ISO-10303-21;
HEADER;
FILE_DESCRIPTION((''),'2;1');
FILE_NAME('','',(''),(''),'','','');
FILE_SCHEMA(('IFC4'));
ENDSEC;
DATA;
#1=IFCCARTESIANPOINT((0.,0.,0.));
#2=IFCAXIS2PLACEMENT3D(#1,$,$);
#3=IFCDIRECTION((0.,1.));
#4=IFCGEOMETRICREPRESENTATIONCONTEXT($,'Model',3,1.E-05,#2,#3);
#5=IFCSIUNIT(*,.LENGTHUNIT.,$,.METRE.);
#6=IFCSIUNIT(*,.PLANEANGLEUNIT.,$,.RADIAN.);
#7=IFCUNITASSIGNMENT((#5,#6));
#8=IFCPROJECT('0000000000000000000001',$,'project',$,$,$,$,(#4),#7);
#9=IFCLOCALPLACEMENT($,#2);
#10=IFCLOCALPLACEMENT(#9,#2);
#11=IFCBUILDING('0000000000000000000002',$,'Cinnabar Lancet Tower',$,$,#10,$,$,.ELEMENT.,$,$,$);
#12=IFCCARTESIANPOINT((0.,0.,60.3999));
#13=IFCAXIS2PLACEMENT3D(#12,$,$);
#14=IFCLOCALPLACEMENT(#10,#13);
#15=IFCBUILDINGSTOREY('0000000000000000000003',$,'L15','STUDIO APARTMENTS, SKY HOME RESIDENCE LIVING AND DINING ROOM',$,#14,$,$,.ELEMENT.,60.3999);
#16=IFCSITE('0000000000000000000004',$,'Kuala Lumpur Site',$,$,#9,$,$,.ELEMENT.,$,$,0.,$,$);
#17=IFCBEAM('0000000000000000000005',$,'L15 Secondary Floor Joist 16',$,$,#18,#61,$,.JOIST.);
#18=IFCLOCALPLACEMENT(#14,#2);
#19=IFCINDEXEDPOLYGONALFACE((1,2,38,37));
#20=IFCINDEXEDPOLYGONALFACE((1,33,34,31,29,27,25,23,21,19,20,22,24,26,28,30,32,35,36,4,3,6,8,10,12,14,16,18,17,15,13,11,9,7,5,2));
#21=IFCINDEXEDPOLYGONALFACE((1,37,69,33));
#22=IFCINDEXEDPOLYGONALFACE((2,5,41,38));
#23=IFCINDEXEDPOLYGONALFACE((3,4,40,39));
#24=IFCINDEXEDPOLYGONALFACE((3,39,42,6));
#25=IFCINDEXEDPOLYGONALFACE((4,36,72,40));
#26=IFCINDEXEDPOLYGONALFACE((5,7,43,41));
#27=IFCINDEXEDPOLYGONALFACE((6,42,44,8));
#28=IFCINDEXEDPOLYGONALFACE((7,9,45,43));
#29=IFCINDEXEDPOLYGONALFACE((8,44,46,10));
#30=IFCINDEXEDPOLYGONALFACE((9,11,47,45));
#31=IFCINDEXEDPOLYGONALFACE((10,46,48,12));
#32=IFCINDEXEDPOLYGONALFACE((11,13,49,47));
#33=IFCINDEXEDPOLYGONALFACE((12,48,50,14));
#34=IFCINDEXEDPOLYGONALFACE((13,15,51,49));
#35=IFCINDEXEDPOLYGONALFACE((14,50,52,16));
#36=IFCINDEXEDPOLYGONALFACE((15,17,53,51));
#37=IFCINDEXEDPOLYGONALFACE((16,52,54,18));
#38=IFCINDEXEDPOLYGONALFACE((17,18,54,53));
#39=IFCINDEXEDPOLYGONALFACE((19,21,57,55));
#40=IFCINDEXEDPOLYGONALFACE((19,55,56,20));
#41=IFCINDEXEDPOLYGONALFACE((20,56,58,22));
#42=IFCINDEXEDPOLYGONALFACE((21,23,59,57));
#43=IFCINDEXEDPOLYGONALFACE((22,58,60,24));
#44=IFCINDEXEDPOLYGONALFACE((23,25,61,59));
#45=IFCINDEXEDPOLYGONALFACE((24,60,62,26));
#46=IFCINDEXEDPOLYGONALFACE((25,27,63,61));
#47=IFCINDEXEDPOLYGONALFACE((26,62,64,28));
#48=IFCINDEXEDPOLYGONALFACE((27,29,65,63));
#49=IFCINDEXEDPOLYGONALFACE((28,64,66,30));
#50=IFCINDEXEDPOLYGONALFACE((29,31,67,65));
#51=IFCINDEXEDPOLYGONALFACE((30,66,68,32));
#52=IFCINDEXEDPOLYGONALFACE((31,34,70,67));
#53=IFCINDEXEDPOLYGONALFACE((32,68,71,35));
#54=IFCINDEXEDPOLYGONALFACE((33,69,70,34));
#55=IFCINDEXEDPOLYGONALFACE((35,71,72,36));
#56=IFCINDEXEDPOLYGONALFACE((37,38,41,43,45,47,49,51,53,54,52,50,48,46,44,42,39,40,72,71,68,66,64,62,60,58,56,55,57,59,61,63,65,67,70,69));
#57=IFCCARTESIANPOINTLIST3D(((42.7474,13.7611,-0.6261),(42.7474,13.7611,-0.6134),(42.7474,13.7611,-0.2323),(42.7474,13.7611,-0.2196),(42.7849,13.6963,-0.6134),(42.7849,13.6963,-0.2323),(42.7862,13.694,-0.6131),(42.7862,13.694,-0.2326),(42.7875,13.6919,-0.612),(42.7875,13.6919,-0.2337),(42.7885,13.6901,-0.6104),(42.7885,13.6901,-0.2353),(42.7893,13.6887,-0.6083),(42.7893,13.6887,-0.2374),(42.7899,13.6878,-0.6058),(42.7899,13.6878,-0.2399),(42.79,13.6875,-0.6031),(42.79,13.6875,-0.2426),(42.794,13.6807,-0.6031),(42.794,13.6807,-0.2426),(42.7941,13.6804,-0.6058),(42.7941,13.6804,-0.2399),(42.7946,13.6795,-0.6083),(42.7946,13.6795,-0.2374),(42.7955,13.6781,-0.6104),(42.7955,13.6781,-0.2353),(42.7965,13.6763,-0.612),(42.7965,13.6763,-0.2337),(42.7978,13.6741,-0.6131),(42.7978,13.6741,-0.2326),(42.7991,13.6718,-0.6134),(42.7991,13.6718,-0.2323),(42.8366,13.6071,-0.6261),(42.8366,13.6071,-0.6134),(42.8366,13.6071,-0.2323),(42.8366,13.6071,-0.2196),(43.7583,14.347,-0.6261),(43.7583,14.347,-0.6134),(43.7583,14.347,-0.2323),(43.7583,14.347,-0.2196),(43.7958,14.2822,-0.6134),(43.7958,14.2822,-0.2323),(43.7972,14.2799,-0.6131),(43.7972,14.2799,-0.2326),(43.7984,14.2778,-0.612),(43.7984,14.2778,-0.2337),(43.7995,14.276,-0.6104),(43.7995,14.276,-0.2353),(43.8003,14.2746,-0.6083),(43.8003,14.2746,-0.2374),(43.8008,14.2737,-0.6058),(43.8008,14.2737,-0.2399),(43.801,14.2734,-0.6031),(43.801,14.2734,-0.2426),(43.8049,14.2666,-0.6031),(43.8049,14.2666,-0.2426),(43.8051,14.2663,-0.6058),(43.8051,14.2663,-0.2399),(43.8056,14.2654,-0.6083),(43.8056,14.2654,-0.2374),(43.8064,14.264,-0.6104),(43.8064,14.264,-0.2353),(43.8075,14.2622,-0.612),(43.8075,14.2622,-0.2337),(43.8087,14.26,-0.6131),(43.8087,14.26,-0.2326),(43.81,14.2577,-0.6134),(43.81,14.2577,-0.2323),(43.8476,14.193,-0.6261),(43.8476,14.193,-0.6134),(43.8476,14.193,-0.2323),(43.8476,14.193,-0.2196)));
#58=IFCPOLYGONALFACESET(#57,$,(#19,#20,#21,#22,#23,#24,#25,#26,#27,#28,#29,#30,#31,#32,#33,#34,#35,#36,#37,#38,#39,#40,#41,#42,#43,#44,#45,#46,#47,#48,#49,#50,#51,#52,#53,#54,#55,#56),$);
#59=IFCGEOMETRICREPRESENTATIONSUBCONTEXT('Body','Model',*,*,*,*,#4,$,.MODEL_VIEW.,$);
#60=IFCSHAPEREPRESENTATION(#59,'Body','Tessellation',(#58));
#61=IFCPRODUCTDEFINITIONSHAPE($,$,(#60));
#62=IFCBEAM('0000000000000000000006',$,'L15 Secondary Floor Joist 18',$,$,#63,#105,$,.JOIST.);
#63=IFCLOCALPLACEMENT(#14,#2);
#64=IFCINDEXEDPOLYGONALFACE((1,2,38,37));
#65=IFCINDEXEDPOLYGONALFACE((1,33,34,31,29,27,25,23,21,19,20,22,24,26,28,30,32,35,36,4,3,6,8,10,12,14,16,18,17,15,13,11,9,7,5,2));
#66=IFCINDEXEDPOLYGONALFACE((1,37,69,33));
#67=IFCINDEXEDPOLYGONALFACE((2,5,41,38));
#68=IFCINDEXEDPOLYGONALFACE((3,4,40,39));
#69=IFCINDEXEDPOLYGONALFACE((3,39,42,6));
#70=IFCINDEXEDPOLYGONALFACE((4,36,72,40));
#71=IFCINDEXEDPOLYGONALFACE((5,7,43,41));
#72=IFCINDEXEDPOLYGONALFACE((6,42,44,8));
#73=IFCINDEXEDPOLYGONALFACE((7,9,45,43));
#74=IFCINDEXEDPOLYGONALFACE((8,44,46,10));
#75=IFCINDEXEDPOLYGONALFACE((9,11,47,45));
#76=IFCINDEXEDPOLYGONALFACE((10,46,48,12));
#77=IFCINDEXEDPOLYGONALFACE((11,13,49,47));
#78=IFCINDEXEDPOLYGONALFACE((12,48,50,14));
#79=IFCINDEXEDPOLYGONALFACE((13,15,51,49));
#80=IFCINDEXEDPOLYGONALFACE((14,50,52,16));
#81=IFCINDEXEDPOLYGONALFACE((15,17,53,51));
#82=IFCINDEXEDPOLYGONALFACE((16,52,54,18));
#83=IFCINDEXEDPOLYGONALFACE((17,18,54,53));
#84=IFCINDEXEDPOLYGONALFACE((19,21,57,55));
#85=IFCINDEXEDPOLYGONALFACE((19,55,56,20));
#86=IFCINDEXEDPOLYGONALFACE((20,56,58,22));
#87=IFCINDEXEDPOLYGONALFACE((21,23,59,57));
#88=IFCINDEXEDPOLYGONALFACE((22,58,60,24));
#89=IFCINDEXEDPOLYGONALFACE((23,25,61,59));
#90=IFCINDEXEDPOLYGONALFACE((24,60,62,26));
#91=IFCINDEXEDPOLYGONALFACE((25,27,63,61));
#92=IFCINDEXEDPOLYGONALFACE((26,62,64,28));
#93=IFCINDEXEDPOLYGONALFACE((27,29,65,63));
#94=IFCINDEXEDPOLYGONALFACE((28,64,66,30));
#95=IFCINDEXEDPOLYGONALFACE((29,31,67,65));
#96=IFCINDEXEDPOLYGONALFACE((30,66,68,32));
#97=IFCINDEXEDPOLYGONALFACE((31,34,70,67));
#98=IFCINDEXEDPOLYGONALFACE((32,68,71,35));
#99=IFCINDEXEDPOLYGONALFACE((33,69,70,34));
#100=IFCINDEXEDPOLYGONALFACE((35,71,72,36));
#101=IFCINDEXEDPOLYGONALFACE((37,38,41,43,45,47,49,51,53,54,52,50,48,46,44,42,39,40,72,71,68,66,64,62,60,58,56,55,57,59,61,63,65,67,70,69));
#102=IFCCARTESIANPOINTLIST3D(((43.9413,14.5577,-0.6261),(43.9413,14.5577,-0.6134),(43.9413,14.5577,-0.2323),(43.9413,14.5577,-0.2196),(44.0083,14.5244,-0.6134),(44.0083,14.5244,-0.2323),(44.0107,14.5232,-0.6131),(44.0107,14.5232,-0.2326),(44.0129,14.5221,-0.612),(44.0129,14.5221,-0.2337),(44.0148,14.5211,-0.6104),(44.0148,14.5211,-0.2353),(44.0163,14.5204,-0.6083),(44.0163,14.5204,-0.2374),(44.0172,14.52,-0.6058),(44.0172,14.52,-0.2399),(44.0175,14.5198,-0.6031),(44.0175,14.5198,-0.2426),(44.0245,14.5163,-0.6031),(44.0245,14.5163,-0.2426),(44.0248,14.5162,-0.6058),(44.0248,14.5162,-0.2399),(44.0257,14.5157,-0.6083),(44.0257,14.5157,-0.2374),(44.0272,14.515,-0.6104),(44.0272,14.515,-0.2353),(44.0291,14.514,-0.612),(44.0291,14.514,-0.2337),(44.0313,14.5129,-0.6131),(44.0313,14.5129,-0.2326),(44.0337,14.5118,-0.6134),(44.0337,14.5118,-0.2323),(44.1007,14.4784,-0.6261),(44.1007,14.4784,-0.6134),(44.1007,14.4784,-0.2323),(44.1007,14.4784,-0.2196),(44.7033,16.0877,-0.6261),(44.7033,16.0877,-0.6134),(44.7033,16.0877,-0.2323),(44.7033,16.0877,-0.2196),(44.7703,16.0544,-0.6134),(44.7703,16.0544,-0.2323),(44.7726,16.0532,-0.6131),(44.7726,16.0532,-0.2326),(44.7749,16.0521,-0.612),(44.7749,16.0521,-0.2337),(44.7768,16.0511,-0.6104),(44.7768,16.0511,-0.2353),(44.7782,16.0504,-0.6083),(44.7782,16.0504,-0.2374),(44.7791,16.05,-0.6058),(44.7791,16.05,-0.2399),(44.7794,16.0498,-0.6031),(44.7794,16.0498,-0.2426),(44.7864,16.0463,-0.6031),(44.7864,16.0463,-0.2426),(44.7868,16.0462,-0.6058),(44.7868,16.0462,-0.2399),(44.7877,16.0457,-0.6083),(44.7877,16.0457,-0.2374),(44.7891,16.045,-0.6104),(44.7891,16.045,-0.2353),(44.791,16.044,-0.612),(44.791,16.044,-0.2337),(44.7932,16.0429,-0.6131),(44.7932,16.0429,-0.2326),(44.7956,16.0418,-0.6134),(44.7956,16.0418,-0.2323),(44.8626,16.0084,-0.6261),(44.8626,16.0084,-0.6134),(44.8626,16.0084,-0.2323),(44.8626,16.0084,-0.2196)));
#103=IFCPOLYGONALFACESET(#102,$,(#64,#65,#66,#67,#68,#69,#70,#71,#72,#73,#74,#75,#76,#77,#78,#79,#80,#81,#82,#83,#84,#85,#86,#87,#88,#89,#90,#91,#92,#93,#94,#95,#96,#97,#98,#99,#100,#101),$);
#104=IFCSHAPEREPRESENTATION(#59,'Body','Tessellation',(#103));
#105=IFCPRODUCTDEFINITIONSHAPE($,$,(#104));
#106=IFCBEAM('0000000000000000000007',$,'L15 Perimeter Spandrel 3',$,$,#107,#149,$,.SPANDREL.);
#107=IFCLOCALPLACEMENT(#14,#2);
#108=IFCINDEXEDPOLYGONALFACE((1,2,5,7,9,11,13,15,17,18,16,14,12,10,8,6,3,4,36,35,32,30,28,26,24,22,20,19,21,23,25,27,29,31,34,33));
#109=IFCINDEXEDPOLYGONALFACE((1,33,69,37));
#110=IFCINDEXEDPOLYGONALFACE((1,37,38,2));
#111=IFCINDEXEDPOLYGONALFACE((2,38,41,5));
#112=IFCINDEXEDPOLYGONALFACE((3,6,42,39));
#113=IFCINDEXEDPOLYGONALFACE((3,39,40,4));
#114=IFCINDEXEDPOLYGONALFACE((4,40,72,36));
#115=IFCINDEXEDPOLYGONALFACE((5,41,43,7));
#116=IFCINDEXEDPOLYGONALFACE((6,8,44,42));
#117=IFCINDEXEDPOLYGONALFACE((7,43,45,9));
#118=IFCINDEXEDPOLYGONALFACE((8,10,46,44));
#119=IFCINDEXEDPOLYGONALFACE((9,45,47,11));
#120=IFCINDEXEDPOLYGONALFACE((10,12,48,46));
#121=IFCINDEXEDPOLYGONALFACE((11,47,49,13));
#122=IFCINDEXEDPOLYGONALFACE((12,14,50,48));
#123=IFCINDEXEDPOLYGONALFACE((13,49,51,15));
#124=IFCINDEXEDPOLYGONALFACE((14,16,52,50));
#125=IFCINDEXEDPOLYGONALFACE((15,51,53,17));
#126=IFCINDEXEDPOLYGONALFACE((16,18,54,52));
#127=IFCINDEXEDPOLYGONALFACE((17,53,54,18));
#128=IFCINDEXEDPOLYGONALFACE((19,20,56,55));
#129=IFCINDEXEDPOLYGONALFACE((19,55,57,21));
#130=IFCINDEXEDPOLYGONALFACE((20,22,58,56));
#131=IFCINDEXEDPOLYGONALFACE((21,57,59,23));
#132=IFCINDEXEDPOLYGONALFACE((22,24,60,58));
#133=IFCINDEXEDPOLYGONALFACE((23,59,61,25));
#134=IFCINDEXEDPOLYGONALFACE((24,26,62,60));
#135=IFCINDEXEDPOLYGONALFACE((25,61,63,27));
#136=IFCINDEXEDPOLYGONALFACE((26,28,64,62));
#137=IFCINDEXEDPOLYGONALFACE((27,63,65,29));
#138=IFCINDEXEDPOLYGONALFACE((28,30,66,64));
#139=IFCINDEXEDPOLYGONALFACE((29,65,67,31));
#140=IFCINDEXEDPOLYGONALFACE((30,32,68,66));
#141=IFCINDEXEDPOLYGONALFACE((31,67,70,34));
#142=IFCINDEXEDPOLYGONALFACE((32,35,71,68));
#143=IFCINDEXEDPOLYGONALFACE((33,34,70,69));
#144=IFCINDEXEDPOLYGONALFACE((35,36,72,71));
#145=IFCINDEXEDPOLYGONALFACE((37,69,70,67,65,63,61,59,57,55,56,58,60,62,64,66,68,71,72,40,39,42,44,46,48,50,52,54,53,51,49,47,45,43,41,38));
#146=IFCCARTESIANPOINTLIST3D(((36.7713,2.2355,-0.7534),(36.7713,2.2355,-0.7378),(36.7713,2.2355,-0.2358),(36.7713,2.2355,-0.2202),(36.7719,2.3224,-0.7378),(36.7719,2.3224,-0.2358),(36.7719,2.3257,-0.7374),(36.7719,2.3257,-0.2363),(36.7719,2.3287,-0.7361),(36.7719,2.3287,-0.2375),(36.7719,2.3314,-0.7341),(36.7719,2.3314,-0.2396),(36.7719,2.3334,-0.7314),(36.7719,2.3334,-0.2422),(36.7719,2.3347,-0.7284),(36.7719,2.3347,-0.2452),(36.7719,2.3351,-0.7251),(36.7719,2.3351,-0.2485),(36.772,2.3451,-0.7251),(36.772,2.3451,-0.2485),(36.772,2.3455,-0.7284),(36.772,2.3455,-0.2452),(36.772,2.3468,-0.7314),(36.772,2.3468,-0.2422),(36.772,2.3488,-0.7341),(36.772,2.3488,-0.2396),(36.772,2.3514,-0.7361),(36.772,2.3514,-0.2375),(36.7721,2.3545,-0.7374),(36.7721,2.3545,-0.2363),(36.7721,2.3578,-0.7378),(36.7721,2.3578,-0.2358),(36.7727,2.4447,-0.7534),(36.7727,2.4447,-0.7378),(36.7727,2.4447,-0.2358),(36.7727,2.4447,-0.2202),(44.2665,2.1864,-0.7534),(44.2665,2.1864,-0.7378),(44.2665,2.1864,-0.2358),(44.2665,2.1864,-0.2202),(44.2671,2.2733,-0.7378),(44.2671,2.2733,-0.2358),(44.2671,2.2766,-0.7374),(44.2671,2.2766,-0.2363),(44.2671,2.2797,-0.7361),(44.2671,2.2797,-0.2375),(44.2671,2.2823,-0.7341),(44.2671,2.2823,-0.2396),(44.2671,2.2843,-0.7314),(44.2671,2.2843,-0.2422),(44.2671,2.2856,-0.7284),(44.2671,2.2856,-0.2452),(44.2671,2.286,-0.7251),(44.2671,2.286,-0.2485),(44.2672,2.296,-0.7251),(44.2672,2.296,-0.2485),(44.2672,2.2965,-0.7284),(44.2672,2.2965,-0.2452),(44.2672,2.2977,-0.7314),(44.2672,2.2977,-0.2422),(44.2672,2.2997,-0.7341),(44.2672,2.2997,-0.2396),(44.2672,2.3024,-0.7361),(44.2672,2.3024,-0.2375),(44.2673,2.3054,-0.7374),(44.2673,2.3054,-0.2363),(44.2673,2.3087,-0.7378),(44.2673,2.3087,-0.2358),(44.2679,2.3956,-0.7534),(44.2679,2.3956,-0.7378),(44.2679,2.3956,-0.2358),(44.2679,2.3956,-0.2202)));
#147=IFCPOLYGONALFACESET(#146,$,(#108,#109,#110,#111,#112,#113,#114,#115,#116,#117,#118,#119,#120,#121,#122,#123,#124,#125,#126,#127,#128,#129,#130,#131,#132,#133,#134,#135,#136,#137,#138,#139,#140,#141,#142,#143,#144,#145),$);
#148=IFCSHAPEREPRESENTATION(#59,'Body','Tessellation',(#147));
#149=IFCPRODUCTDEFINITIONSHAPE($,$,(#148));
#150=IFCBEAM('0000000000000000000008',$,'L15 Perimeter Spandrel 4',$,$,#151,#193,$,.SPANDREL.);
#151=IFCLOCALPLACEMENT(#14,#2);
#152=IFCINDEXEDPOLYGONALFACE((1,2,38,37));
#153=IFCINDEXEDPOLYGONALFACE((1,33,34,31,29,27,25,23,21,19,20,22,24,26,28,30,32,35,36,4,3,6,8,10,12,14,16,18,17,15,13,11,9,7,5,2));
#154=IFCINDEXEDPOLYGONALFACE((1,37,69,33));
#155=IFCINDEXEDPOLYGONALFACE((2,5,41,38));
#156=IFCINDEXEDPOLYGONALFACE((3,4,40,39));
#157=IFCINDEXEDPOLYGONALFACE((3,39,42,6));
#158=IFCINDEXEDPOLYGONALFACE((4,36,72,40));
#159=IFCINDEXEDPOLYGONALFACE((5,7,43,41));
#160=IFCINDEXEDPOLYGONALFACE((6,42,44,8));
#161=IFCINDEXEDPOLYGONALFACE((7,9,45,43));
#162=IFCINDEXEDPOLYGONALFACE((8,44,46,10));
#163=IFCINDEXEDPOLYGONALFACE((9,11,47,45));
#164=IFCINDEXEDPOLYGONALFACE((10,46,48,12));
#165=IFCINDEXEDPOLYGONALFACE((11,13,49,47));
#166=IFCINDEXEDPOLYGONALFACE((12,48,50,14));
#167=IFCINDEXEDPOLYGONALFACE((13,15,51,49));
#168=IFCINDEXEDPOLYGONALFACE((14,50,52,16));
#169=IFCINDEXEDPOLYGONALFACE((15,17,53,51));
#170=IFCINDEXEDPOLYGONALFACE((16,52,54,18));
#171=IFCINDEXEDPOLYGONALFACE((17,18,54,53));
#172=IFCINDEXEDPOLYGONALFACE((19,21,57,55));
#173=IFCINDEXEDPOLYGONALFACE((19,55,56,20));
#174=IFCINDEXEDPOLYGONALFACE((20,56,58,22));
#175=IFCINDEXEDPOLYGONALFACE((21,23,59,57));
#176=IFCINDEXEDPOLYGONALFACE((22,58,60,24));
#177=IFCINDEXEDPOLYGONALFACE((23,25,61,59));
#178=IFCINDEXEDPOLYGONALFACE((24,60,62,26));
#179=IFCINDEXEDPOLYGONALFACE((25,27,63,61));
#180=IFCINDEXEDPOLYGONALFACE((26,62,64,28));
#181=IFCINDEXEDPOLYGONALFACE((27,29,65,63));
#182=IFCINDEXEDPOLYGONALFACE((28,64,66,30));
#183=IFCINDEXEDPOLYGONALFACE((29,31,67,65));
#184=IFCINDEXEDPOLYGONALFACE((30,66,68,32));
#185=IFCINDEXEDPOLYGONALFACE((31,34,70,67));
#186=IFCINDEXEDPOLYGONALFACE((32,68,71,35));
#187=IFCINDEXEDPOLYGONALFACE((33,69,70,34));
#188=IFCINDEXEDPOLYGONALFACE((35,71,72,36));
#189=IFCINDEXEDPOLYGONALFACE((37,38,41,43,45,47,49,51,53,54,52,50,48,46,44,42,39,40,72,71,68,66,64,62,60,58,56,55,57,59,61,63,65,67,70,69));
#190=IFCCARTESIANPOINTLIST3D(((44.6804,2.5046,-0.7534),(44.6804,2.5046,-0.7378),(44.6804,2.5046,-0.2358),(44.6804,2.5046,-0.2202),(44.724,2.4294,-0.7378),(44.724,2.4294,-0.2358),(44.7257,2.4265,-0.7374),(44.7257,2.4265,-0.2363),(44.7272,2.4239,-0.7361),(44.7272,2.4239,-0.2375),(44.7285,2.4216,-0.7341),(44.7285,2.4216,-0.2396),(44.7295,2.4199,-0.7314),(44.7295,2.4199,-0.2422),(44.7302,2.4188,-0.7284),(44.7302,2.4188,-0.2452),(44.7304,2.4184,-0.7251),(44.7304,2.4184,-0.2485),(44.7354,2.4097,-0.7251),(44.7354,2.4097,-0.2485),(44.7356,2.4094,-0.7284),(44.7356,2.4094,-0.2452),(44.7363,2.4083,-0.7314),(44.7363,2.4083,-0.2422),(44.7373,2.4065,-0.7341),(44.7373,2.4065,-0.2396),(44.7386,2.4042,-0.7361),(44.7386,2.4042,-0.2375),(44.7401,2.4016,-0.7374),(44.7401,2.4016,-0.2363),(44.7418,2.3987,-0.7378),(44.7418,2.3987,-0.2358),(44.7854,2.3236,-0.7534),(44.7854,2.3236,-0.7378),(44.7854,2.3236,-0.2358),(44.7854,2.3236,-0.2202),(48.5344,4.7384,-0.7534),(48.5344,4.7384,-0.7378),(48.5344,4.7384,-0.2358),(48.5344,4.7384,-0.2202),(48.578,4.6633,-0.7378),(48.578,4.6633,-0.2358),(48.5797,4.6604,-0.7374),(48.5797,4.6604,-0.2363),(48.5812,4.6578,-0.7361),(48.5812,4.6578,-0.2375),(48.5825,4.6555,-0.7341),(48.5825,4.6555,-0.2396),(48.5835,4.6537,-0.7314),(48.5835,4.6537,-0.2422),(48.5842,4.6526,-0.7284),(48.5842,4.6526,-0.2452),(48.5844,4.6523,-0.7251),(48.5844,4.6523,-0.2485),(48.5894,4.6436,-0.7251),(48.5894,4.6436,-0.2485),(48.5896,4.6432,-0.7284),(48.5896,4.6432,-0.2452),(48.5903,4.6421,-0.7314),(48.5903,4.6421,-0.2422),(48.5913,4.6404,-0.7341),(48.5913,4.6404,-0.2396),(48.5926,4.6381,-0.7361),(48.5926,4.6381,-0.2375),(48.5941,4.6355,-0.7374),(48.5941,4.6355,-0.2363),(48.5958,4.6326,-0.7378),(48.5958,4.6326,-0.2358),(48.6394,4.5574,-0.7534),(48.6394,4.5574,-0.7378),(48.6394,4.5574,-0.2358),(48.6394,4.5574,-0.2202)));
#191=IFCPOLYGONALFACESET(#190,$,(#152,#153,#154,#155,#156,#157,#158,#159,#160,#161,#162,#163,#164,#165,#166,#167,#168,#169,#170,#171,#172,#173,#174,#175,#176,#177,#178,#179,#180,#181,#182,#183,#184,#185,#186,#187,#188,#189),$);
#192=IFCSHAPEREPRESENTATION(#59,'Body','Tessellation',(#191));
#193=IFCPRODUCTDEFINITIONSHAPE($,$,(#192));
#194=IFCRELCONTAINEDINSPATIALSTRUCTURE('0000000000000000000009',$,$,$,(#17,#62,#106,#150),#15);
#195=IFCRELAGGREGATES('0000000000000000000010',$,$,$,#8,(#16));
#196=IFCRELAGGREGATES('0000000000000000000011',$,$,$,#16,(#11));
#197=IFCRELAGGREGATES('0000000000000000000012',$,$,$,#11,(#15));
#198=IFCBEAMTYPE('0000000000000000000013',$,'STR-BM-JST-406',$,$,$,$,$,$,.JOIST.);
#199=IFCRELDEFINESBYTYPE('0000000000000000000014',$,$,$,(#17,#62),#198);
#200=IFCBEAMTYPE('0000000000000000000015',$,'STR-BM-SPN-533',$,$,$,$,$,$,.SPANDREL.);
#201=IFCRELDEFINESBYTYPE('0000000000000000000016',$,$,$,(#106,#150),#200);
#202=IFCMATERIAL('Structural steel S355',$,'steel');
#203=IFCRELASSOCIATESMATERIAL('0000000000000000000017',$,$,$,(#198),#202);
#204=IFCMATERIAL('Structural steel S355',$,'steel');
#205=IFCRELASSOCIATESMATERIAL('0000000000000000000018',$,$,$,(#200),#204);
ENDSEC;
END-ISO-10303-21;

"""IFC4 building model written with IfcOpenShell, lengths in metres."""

from ifc_helpers import new_model, si_unit, direction, frame, origin, origin_2d, place, context, subcontext, project, spatial, i_section, extrude, material, material_profile, profile_set, type_object, element, save


model = new_model("IFC4")

# Units and contexts
model_context = context("Model", 3, precision=1e-05, world=origin(), true_north=direction((0.0, 1.0)))
body_context = subcontext(model_context, "Body", "Model", "MODEL_VIEW")
ifc_project = project(units=[si_unit("LENGTHUNIT", "METRE"), si_unit("PLANEANGLEUNIT", "RADIAN")], contexts=[model_context])

# Site, building, storey
site_placement = place(None, origin())
site = spatial("IfcSite", under=ifc_project, at=site_placement, Name="Kuala Lumpur Site", CompositionType="ELEMENT", RefElevation=0.0)
building_placement = place(site_placement, origin())
building = spatial("IfcBuilding", under=site, at=building_placement, Name="Cinnabar Lancet Tower", CompositionType="ELEMENT")
storey_placement = place(building_placement, frame((0.0, 0.0, 60.3999)))
storey = spatial("IfcBuildingStorey", under=building, at=storey_placement, Name="L15", Description="STUDIO APARTMENTS, SKY HOME RESIDENCE LIVING AND DINING ROOM", CompositionType="ELEMENT", Elevation=60.3999)

# Beams
ifc_material_1 = material(Name="Structural steel S355", Category="steel")
ifc_material_profile_1 = material_profile(ifc_material_1, i_section(OverallWidth=0.178, OverallDepth=0.4065, WebThickness=0.0078, FlangeThickness=0.0127, FilletRadius=0.0103, at=origin_2d()), Name="UKB 406x178x60")
ifc_profile_set_1 = profile_set([ifc_material_profile_1], Name="Structural steel S355")
beam_type_1 = type_object("IfcBeamType", Name="STR-BM-JST-406", PredefinedType="JOIST", material=ifc_profile_set_1)
beam_1_placement = place(storey_placement, frame((42.792, 13.6841, -0.4229), z_axis=(0.865193, 0.50144, 0.0), x_axis=(-0.50144, 0.865193, 0.0)))
element("IfcBeam", 1, at=beam_1_placement, inside=storey, type_object=beam_type_1, Name="L15 Secondary Floor Joist 16", PredefinedType="JOIST", context=body_context, shape_type="SweptSolid", body=[
    extrude(i_section(OverallWidth=0.178, OverallDepth=0.4065, WebThickness=0.0078, FlangeThickness=0.0127, FilletRadius=0.0103, at=origin_2d()), origin(), (0.0, 0.0, 1.0), 1.1685),
])
beam_2_placement = place(storey_placement, frame((44.021, 14.5181, -0.4229), z_axis=(0.445785, 0.89514, 0.0), x_axis=(-0.89514, 0.445785, 0.0)))
element("IfcBeam", 2, at=beam_2_placement, inside=storey, type_object=beam_type_1, Name="L15 Secondary Floor Joist 18", PredefinedType="JOIST", context=body_context, shape_type="SweptSolid", body=[
    extrude(i_section(OverallWidth=0.178, OverallDepth=0.4065, WebThickness=0.0078, FlangeThickness=0.0127, FilletRadius=0.0103, at=origin_2d()), origin(), (0.0, 0.0, 1.0), 1.7092),
])
ifc_material_2 = material(Name="Structural steel S355", Category="steel")
ifc_material_profile_2 = material_profile(ifc_material_2, i_section(OverallWidth=0.2092, OverallDepth=0.5332, WebThickness=0.01, FlangeThickness=0.0156, FilletRadius=0.0127, at=origin_2d()), Name="UKB 533x210x92")
ifc_profile_set_2 = profile_set([ifc_material_profile_2], Name="Structural steel S355")
beam_type_2 = type_object("IfcBeamType", Name="STR-BM-SPN-533", PredefinedType="SPANDREL", material=ifc_profile_set_2)
beam_3_placement = place(storey_placement, frame((36.772, 2.3401, -0.4868), z_axis=(0.999979, -0.006547, 0.0), x_axis=(0.006547, 0.999979, 0.0)))
element("IfcBeam", 3, at=beam_3_placement, inside=storey, type_object=beam_type_2, Name="L15 Perimeter Spandrel 3", PredefinedType="SPANDREL", context=body_context, shape_type="SweptSolid", body=[
    extrude(i_section(OverallWidth=0.2092, OverallDepth=0.5332, WebThickness=0.01, FlangeThickness=0.0156, FilletRadius=0.0127, at=origin_2d()), origin(), (0.0, 0.0, 1.0), 7.4954),
])
beam_4_placement = place(storey_placement, frame((44.7329, 2.4141, -0.4868), z_axis=(0.865171, 0.501477, 0.0), x_axis=(-0.501477, 0.865171, 0.0)))
element("IfcBeam", 4, at=beam_4_placement, inside=storey, type_object=beam_type_2, Name="L15 Perimeter Spandrel 4", PredefinedType="SPANDREL", context=body_context, shape_type="SweptSolid", body=[
    extrude(i_section(OverallWidth=0.2092, OverallDepth=0.5332, WebThickness=0.01, FlangeThickness=0.0156, FilletRadius=0.0127, at=origin_2d()), origin(), (0.0, 0.0, 1.0), 4.4546),
])

save(model, "model.ifc")
